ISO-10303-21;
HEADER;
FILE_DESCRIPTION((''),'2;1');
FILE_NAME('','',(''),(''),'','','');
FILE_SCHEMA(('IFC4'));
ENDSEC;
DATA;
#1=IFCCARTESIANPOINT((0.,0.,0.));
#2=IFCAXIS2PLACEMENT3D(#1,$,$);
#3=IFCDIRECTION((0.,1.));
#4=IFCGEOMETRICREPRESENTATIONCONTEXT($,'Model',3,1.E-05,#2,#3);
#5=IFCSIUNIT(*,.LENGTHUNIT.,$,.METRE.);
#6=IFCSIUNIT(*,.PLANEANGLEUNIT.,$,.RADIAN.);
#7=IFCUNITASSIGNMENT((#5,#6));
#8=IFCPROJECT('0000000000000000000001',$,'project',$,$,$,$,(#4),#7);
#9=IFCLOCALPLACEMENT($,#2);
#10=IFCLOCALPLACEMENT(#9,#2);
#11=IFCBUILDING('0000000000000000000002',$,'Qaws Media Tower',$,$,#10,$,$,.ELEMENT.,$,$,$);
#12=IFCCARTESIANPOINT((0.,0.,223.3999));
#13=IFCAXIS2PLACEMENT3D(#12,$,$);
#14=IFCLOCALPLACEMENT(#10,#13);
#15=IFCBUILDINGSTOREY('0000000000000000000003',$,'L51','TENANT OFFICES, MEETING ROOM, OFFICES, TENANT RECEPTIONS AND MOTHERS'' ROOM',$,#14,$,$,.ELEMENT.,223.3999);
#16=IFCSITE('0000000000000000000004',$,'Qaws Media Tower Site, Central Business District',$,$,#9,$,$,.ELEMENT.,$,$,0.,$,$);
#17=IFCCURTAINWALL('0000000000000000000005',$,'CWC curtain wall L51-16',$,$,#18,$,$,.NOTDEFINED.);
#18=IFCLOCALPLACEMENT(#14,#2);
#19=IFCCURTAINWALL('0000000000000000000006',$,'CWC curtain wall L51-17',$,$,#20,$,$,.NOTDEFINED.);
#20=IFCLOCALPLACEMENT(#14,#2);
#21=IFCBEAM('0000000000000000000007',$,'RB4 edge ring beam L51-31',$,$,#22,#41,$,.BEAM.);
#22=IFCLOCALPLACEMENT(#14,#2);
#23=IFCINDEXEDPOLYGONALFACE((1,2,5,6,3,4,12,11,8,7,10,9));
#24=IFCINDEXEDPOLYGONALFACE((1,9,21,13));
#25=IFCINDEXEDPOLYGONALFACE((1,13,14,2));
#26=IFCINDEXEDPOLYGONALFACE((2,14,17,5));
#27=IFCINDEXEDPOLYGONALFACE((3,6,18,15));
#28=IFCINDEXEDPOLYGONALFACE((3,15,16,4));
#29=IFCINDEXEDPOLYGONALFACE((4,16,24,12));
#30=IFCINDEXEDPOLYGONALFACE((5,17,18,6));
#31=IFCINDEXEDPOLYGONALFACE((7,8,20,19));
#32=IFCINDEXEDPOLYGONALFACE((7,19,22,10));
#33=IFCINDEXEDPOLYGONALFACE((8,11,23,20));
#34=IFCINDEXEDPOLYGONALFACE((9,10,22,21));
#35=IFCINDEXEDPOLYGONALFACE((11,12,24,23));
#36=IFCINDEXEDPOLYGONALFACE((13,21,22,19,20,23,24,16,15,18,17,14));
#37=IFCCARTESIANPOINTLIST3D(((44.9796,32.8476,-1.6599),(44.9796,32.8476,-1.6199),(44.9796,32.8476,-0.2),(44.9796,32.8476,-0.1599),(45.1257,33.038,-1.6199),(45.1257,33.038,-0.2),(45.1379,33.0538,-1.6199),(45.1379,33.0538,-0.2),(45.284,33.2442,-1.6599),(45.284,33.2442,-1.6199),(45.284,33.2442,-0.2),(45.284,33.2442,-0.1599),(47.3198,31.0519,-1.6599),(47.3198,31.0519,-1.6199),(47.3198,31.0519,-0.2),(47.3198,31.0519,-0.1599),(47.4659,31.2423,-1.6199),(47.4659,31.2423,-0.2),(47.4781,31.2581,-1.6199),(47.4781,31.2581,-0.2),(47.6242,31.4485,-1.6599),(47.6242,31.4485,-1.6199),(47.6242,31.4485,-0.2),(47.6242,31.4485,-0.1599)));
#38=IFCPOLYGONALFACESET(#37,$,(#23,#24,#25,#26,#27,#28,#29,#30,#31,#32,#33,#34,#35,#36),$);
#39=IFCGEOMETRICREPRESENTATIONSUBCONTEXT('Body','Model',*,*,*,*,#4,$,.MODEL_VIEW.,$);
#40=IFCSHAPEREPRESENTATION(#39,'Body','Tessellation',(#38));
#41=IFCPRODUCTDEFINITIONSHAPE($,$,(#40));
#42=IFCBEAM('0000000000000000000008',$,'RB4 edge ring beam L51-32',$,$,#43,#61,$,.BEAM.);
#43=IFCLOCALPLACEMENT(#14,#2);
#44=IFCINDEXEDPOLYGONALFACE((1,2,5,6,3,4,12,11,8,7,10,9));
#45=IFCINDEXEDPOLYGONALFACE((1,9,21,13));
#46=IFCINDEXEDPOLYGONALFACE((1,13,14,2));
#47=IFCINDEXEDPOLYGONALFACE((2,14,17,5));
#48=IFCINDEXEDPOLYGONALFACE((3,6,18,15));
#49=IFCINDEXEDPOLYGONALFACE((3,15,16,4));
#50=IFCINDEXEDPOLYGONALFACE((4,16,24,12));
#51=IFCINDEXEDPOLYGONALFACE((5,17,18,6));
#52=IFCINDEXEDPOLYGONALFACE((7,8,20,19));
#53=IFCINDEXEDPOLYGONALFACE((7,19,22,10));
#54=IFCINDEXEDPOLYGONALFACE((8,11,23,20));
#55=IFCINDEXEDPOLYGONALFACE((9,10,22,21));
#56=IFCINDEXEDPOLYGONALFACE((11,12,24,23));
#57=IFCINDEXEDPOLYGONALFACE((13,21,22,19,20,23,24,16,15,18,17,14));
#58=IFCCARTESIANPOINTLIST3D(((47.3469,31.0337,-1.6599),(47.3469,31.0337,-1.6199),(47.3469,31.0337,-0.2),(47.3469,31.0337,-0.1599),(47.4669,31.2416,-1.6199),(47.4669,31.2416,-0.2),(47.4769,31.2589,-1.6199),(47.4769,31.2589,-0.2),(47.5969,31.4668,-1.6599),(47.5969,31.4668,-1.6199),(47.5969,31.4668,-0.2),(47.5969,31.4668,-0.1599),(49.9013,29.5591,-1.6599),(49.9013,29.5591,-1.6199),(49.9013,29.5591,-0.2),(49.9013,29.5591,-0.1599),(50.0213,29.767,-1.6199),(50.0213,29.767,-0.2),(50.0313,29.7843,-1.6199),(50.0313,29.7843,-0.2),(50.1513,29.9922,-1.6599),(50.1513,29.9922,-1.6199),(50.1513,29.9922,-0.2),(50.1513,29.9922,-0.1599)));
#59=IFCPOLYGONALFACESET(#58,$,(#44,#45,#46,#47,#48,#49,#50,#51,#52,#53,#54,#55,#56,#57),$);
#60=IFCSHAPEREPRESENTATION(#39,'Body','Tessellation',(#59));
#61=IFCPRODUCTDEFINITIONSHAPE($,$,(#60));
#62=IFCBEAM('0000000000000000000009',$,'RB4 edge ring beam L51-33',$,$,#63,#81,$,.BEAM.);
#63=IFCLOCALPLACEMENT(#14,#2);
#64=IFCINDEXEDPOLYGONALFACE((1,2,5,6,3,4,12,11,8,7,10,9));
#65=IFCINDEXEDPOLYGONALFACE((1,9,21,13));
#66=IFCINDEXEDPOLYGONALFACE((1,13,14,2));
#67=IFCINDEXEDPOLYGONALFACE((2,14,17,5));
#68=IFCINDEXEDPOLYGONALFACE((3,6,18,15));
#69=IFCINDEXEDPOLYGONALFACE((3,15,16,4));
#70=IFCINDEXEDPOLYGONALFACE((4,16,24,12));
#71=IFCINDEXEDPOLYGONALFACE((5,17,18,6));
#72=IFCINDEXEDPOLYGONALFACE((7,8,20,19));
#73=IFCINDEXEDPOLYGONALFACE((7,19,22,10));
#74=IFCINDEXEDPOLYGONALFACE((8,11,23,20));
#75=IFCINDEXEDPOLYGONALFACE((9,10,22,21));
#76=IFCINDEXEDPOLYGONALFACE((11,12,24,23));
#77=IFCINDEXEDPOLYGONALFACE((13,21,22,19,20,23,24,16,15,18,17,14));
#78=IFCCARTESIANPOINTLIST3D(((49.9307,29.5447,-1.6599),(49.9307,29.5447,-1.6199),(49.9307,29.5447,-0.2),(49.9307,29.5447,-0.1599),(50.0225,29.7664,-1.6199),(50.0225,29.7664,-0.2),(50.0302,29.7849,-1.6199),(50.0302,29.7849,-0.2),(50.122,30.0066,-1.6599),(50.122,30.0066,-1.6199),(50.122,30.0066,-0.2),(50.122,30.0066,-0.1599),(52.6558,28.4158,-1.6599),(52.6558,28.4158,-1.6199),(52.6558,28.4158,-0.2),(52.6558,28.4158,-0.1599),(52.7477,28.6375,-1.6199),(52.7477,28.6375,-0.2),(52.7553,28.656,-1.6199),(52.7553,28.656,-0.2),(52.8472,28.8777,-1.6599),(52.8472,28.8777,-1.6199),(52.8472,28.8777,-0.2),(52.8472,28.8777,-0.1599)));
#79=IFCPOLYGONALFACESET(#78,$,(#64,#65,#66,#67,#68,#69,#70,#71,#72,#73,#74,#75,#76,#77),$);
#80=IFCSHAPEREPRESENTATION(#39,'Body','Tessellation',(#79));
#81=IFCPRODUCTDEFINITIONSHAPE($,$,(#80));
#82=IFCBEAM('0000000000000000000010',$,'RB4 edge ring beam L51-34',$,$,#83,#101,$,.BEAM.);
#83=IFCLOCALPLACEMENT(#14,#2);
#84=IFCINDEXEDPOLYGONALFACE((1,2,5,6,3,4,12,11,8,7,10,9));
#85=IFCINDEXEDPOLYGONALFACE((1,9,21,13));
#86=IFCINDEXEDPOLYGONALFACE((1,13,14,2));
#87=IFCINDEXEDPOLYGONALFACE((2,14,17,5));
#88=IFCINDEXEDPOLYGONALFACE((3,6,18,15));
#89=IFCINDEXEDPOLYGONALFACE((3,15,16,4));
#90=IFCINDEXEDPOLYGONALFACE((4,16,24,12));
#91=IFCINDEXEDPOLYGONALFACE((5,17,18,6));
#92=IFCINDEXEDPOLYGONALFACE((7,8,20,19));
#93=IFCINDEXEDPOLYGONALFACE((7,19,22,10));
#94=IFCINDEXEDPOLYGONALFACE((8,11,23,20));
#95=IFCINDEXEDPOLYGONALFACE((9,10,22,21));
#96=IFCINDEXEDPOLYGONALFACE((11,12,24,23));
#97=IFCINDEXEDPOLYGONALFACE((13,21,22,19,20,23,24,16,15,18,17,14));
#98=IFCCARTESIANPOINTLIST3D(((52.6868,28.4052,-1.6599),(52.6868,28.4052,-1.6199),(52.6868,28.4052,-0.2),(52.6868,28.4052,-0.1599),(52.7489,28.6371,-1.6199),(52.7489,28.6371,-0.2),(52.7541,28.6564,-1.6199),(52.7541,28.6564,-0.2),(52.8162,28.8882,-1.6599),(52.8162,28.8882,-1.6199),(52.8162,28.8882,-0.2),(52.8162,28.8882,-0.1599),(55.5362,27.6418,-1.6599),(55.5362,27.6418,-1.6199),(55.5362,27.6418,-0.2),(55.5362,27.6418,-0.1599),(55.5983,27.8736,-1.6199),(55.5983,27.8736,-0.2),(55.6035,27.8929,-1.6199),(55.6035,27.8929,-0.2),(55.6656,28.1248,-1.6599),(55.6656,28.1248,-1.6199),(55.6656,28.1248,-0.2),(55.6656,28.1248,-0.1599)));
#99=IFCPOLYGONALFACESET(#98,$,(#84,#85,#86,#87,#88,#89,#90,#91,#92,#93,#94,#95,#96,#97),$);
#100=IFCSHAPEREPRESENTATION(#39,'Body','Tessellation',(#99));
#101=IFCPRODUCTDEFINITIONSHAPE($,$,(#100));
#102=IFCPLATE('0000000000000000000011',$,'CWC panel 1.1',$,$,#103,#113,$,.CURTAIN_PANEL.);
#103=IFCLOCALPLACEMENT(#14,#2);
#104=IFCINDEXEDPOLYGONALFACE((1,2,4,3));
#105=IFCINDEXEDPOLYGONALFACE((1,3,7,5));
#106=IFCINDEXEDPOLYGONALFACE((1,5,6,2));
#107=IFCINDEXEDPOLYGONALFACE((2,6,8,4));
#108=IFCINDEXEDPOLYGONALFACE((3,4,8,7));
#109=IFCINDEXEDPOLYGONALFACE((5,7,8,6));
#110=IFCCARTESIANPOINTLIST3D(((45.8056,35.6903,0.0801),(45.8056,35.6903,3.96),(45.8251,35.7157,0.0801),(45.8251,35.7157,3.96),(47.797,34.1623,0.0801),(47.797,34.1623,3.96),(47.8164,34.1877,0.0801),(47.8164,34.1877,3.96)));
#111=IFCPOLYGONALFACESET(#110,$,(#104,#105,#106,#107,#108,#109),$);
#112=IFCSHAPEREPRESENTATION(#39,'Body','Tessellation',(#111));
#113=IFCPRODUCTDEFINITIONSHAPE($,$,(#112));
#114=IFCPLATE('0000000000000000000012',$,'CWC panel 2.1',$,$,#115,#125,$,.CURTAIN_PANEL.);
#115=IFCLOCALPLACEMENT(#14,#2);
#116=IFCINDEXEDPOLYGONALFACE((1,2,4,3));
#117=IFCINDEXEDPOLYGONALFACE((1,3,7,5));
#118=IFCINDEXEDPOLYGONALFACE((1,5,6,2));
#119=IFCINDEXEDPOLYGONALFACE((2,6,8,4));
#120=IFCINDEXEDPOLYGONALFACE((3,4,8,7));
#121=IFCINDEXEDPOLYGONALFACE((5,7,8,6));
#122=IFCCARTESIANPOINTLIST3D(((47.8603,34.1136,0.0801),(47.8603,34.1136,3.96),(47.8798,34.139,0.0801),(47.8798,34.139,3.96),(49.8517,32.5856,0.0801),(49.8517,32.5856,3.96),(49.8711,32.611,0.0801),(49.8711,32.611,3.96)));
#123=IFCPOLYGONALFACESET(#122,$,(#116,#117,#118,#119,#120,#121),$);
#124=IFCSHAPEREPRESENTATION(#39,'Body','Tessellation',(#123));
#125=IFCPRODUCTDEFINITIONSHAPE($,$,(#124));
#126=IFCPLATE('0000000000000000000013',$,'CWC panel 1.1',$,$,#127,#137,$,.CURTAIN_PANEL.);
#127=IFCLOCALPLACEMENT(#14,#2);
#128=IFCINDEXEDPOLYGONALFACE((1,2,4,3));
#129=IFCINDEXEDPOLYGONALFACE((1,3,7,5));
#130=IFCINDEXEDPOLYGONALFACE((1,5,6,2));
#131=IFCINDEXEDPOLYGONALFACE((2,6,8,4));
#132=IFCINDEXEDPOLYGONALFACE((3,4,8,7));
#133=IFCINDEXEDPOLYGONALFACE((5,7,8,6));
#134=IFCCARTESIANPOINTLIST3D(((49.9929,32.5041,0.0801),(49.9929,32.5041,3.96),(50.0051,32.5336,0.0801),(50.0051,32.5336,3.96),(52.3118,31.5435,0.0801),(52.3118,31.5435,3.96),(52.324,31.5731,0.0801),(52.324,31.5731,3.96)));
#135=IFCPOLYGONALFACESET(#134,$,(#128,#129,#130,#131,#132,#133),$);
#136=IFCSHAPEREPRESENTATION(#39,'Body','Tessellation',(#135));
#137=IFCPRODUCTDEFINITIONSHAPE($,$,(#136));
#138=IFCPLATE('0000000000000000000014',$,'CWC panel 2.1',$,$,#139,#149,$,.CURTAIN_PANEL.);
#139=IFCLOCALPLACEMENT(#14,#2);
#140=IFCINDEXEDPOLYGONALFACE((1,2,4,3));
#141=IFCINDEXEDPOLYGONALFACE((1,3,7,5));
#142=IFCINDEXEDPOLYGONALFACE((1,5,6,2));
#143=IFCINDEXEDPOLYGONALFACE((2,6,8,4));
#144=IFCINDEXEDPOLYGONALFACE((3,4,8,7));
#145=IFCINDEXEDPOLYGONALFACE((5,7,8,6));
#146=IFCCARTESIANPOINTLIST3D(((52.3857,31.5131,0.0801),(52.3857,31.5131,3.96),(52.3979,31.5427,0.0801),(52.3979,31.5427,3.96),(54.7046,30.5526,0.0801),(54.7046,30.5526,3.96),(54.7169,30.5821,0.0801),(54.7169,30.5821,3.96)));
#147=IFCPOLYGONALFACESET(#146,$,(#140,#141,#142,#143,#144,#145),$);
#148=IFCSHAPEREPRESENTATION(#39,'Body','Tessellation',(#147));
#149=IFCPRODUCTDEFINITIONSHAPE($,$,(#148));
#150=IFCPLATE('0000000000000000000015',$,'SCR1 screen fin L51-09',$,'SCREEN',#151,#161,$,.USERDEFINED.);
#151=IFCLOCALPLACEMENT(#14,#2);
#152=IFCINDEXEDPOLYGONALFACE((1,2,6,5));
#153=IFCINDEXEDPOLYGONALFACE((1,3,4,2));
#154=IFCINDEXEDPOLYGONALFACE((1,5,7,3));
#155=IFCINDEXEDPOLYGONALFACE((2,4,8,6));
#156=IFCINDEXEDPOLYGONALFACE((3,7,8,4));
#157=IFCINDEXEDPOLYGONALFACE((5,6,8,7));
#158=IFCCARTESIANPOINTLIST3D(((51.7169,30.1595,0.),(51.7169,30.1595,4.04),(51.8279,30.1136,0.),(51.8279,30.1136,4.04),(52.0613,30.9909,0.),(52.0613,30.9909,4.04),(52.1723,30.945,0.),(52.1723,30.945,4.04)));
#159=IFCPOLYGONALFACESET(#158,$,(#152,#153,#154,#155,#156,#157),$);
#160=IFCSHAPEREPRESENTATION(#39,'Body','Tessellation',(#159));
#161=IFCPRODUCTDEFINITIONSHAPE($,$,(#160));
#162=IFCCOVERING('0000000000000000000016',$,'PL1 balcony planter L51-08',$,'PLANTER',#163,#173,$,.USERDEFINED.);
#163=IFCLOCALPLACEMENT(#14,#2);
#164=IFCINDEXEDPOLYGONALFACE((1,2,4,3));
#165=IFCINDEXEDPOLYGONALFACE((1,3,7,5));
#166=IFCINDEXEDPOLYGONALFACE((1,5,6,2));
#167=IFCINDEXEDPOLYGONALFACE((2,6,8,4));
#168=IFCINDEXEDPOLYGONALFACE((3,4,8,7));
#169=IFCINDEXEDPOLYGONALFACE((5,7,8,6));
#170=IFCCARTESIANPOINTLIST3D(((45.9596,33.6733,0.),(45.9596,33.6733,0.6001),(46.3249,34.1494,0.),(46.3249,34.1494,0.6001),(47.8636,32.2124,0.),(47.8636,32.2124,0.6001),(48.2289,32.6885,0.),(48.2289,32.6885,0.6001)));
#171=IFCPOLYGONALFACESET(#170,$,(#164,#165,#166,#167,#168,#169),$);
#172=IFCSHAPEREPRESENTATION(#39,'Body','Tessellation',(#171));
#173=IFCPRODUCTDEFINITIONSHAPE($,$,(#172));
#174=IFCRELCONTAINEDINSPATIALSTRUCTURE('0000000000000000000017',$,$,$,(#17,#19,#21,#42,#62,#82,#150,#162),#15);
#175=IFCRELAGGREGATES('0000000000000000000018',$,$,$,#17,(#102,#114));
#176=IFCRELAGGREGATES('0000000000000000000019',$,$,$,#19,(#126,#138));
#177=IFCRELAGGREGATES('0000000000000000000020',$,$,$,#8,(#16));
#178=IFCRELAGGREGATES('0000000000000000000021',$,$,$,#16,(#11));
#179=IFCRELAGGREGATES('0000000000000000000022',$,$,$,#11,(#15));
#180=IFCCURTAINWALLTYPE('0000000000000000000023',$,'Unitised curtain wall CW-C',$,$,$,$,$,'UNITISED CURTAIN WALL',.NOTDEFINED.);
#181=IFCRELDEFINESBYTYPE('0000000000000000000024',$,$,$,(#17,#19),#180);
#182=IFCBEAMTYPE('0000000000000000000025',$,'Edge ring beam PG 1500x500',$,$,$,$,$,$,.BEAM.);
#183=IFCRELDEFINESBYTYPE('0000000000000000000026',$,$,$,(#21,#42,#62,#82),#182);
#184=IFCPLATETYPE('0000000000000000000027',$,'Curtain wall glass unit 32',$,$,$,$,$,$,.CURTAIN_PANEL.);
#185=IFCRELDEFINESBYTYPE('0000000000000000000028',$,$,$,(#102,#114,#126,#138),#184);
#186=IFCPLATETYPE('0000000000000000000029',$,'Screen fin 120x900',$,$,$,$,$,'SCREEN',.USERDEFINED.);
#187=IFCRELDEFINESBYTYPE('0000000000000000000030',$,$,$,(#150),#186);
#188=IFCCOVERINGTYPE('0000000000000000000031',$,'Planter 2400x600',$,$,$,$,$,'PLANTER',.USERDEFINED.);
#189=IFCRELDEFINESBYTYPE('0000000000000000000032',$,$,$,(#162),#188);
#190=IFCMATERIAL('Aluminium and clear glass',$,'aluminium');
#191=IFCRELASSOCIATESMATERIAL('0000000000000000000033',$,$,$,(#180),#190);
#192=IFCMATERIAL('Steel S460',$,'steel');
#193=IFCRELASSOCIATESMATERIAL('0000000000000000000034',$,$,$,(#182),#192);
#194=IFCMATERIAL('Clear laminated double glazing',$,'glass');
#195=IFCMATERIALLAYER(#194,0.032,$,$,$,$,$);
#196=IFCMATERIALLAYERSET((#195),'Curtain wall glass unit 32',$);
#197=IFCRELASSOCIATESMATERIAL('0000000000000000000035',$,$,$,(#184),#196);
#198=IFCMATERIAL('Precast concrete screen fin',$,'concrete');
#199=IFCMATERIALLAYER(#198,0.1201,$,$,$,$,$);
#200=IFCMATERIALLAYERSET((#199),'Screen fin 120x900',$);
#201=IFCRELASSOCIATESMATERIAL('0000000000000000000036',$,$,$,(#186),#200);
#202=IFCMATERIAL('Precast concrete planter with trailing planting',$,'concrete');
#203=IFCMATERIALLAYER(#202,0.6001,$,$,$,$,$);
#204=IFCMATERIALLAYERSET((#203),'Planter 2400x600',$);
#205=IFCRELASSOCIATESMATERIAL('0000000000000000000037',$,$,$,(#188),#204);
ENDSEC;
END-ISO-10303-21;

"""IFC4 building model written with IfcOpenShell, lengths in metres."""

from ifc_helpers import new_model, si_unit, direction, frame, origin, origin_2d, place, context, subcontext, project, spatial, rectangle, i_section, extrude, material, layer, layer_set, material_profile, profile_set, type_object, element, aggregate, save


model = new_model("IFC4")

# Units and contexts
model_context = context("Model", 3, precision=1e-05, world=origin(), true_north=direction((0.0, 1.0)))
body_context = subcontext(model_context, "Body", "Model", "MODEL_VIEW")
ifc_project = project(units=[si_unit("LENGTHUNIT", "METRE"), si_unit("PLANEANGLEUNIT", "RADIAN")], contexts=[model_context])

# Site, building, storey
site_placement = place(None, origin())
site = spatial("IfcSite", under=ifc_project, at=site_placement, Name="Qaws Media Tower Site, Central Business District", CompositionType="ELEMENT", RefElevation=0.0)
building_placement = place(site_placement, origin())
building = spatial("IfcBuilding", under=site, at=building_placement, Name="Qaws Media Tower", CompositionType="ELEMENT")
storey_placement = place(building_placement, frame((0.0, 0.0, 223.3999)))
storey = spatial("IfcBuildingStorey", under=building, at=storey_placement, Name="L51", Description="TENANT OFFICES, MEETING ROOM, OFFICES, TENANT RECEPTIONS AND MOTHERS' ROOM", CompositionType="ELEMENT", Elevation=223.3999)

# Curtain walls
ifc_material_1 = material(Name="Aluminium and clear glass", Category="aluminium")
curtain_wall_type = type_object("IfcCurtainWallType", Name="Unitised curtain wall CW-C", ElementType="UNITISED CURTAIN WALL", PredefinedType="NOTDEFINED", material=ifc_material_1)
curtain_wall_1_placement = place(storey_placement, origin())
curtain_wall_1 = element("IfcCurtainWall", 1, at=curtain_wall_1_placement, inside=storey, type_object=curtain_wall_type, Name="CWC curtain wall L51-16", PredefinedType="NOTDEFINED")
curtain_wall_2_placement = place(storey_placement, origin())
curtain_wall_2 = element("IfcCurtainWall", 2, at=curtain_wall_2_placement, inside=storey, type_object=curtain_wall_type, Name="CWC curtain wall L51-17", PredefinedType="NOTDEFINED")

# Beams
ifc_material_2 = material(Name="Steel S460", Category="steel")
ifc_material_profile_1 = material_profile(ifc_material_2, i_section(OverallWidth=0.5, OverallDepth=1.5, WebThickness=0.02, FlangeThickness=0.04, at=origin_2d()), Name="PG 1500x500")
ifc_profile_set_1 = profile_set([ifc_material_profile_1], Name="Steel S460")
beam_type = type_object("IfcBeamType", Name="Edge ring beam PG 1500x500", PredefinedType="BEAM", material=ifc_profile_set_1)
beam_1_placement = place(storey_placement, frame((45.1318, 33.0459, -0.9099), z_axis=(0.793347, -0.60877, 0.0), x_axis=(0.60877, 0.793347, 0.0)))
element("IfcBeam", 3, at=beam_1_placement, inside=storey, type_object=beam_type, Name="RB4 edge ring beam L51-31", PredefinedType="BEAM", context=body_context, shape_type="SweptSolid", body=[
    extrude(i_section(OverallWidth=0.5, OverallDepth=1.5, WebThickness=0.02, FlangeThickness=0.04, at=origin_2d()), origin(), (0.0, 0.0, 1.0), 2.9497),
])
beam_2_placement = place(storey_placement, frame((47.4719, 31.2502, -0.9099), z_axis=(0.866055, -0.499949, 0.0), x_axis=(0.499949, 0.866055, 0.0)))
element("IfcBeam", 4, at=beam_2_placement, inside=storey, type_object=beam_type, Name="RB4 edge ring beam L51-32", PredefinedType="BEAM", context=body_context, shape_type="SweptSolid", body=[
    extrude(i_section(OverallWidth=0.5, OverallDepth=1.5, WebThickness=0.02, FlangeThickness=0.04, at=origin_2d()), origin(), (0.0, 0.0, 1.0), 2.9495),
])
beam_3_placement = place(storey_placement, frame((50.0264, 29.7756, -0.9099), z_axis=(0.923863, -0.382722, 0.0), x_axis=(0.382722, 0.923863, 0.0)))
element("IfcBeam", 5, at=beam_3_placement, inside=storey, type_object=beam_type, Name="RB4 edge ring beam L51-33", PredefinedType="BEAM", context=body_context, shape_type="SweptSolid", body=[
    extrude(i_section(OverallWidth=0.5, OverallDepth=1.5, WebThickness=0.02, FlangeThickness=0.04, at=origin_2d()), origin(), (0.0, 0.0, 1.0), 2.9497),
])
beam_4_placement = place(storey_placement, frame((52.7515, 28.6467, -0.9099), z_axis=(0.965931, -0.258801, 0.0), x_axis=(0.258801, 0.965931, 0.0)))
element("IfcBeam", 6, at=beam_4_placement, inside=storey, type_object=beam_type, Name="RB4 edge ring beam L51-34", PredefinedType="BEAM", context=body_context, shape_type="SweptSolid", body=[
    extrude(i_section(OverallWidth=0.5, OverallDepth=1.5, WebThickness=0.02, FlangeThickness=0.04, at=origin_2d()), origin(), (0.0, 0.0, 1.0), 2.95),
])

# Plates
ifc_material_3 = material(Name="Clear laminated double glazing", Category="glass")
ifc_layer_1 = layer(ifc_material_3, 0.032)
ifc_layer_set_1 = layer_set([ifc_layer_1], Name="Curtain wall glass unit 32")
plate_type_1 = type_object("IfcPlateType", Name="Curtain wall glass unit 32", PredefinedType="CURTAIN_PANEL", material=ifc_layer_set_1)
plate_1_placement = place(storey_placement, frame((46.811, 34.939, 0.0801), z_axis=(0.0, 0.0, 1.0), x_axis=(0.793353, -0.608761, 0.0)))
plate_1 = element("IfcPlate", 7, at=plate_1_placement, type_object=plate_type_1, Name="CWC panel 1.1", PredefinedType="CURTAIN_PANEL", context=body_context, shape_type="SweptSolid", body=[
    extrude(rectangle(XDim=2.51, YDim=0.032, at=origin_2d()), origin(), (0.0, 0.0, 1.0), 3.8799),
])
plate_2_placement = place(storey_placement, frame((48.8657, 33.3623, 0.0801), z_axis=(0.0, 0.0, 1.0), x_axis=(0.793353, -0.608761, 0.0)))
plate_2 = element("IfcPlate", 8, at=plate_2_placement, type_object=plate_type_1, Name="CWC panel 2.1", PredefinedType="CURTAIN_PANEL", context=body_context, shape_type="SweptSolid", body=[
    extrude(rectangle(XDim=2.51, YDim=0.032, at=origin_2d()), origin(), (0.0, 0.0, 1.0), 3.8799),
])
aggregate(curtain_wall_1, [plate_1, plate_2])
plate_3_placement = place(storey_placement, frame((51.1584, 32.0386, 0.0801), z_axis=(0.0, 0.0, 1.0), x_axis=(0.92388, -0.382683, 0.0)))
plate_3 = element("IfcPlate", 9, at=plate_3_placement, type_object=plate_type_1, Name="CWC panel 1.1", PredefinedType="CURTAIN_PANEL", context=body_context, shape_type="SweptSolid", body=[
    extrude(rectangle(XDim=2.51, YDim=0.032, at=origin_2d()), origin(), (0.0, 0.0, 1.0), 3.8799),
])
plate_4_placement = place(storey_placement, frame((53.5513, 31.0476, 0.0801), z_axis=(0.0, 0.0, 1.0), x_axis=(0.92388, -0.382683, 0.0)))
plate_4 = element("IfcPlate", 10, at=plate_4_placement, type_object=plate_type_1, Name="CWC panel 2.1", PredefinedType="CURTAIN_PANEL", context=body_context, shape_type="SweptSolid", body=[
    extrude(rectangle(XDim=2.51, YDim=0.032, at=origin_2d()), origin(), (0.0, 0.0, 1.0), 3.8799),
])
aggregate(curtain_wall_2, [plate_3, plate_4])
ifc_material_4 = material(Name="Precast concrete screen fin", Category="concrete")
ifc_layer_2 = layer(ifc_material_4, 0.1201)
ifc_layer_set_2 = layer_set([ifc_layer_2], Name="Screen fin 120x900")
plate_type_2 = type_object("IfcPlateType", Name="Screen fin 120x900", ElementType="SCREEN", PredefinedType="USERDEFINED", material=ifc_layer_set_2)
plate_5_placement = place(storey_placement, frame((51.9446, 30.5522, 0.0), z_axis=(0.0, 0.0, 1.0), x_axis=(-0.382683, -0.92388, 0.0)))
element("IfcPlate", 11, at=plate_5_placement, inside=storey, type_object=plate_type_2, Name="SCR1 screen fin L51-09", ObjectType="SCREEN", PredefinedType="USERDEFINED", context=body_context, shape_type="SweptSolid", body=[
    extrude(rectangle(XDim=0.8999, YDim=0.1201, at=origin_2d()), origin(), (0.0, 0.0, 1.0), 4.04),
])

# Covering
ifc_material_5 = material(Name="Precast concrete planter with trailing planting", Category="concrete")
ifc_layer_3 = layer(ifc_material_5, 0.6001)
ifc_layer_set_3 = layer_set([ifc_layer_3], Name="Planter 2400x600")
covering_type = type_object("IfcCoveringType", Name="Planter 2400x600", ElementType="PLANTER", PredefinedType="USERDEFINED", material=ifc_layer_set_3)
covering_placement = place(storey_placement, frame((47.0942, 33.1809, 0.0), z_axis=(0.0, 0.0, 1.0), x_axis=(0.793353, -0.608761, 0.0)))
element("IfcCovering", 12, at=covering_placement, inside=storey, type_object=covering_type, Name="PL1 balcony planter L51-08", ObjectType="PLANTER", PredefinedType="USERDEFINED", context=body_context, shape_type="SweptSolid", body=[
    extrude(rectangle(XDim=2.3999, YDim=0.6001, at=origin_2d()), origin(), (0.0, 0.0, 1.0), 0.6001),
])

save(model, "model.ifc")
